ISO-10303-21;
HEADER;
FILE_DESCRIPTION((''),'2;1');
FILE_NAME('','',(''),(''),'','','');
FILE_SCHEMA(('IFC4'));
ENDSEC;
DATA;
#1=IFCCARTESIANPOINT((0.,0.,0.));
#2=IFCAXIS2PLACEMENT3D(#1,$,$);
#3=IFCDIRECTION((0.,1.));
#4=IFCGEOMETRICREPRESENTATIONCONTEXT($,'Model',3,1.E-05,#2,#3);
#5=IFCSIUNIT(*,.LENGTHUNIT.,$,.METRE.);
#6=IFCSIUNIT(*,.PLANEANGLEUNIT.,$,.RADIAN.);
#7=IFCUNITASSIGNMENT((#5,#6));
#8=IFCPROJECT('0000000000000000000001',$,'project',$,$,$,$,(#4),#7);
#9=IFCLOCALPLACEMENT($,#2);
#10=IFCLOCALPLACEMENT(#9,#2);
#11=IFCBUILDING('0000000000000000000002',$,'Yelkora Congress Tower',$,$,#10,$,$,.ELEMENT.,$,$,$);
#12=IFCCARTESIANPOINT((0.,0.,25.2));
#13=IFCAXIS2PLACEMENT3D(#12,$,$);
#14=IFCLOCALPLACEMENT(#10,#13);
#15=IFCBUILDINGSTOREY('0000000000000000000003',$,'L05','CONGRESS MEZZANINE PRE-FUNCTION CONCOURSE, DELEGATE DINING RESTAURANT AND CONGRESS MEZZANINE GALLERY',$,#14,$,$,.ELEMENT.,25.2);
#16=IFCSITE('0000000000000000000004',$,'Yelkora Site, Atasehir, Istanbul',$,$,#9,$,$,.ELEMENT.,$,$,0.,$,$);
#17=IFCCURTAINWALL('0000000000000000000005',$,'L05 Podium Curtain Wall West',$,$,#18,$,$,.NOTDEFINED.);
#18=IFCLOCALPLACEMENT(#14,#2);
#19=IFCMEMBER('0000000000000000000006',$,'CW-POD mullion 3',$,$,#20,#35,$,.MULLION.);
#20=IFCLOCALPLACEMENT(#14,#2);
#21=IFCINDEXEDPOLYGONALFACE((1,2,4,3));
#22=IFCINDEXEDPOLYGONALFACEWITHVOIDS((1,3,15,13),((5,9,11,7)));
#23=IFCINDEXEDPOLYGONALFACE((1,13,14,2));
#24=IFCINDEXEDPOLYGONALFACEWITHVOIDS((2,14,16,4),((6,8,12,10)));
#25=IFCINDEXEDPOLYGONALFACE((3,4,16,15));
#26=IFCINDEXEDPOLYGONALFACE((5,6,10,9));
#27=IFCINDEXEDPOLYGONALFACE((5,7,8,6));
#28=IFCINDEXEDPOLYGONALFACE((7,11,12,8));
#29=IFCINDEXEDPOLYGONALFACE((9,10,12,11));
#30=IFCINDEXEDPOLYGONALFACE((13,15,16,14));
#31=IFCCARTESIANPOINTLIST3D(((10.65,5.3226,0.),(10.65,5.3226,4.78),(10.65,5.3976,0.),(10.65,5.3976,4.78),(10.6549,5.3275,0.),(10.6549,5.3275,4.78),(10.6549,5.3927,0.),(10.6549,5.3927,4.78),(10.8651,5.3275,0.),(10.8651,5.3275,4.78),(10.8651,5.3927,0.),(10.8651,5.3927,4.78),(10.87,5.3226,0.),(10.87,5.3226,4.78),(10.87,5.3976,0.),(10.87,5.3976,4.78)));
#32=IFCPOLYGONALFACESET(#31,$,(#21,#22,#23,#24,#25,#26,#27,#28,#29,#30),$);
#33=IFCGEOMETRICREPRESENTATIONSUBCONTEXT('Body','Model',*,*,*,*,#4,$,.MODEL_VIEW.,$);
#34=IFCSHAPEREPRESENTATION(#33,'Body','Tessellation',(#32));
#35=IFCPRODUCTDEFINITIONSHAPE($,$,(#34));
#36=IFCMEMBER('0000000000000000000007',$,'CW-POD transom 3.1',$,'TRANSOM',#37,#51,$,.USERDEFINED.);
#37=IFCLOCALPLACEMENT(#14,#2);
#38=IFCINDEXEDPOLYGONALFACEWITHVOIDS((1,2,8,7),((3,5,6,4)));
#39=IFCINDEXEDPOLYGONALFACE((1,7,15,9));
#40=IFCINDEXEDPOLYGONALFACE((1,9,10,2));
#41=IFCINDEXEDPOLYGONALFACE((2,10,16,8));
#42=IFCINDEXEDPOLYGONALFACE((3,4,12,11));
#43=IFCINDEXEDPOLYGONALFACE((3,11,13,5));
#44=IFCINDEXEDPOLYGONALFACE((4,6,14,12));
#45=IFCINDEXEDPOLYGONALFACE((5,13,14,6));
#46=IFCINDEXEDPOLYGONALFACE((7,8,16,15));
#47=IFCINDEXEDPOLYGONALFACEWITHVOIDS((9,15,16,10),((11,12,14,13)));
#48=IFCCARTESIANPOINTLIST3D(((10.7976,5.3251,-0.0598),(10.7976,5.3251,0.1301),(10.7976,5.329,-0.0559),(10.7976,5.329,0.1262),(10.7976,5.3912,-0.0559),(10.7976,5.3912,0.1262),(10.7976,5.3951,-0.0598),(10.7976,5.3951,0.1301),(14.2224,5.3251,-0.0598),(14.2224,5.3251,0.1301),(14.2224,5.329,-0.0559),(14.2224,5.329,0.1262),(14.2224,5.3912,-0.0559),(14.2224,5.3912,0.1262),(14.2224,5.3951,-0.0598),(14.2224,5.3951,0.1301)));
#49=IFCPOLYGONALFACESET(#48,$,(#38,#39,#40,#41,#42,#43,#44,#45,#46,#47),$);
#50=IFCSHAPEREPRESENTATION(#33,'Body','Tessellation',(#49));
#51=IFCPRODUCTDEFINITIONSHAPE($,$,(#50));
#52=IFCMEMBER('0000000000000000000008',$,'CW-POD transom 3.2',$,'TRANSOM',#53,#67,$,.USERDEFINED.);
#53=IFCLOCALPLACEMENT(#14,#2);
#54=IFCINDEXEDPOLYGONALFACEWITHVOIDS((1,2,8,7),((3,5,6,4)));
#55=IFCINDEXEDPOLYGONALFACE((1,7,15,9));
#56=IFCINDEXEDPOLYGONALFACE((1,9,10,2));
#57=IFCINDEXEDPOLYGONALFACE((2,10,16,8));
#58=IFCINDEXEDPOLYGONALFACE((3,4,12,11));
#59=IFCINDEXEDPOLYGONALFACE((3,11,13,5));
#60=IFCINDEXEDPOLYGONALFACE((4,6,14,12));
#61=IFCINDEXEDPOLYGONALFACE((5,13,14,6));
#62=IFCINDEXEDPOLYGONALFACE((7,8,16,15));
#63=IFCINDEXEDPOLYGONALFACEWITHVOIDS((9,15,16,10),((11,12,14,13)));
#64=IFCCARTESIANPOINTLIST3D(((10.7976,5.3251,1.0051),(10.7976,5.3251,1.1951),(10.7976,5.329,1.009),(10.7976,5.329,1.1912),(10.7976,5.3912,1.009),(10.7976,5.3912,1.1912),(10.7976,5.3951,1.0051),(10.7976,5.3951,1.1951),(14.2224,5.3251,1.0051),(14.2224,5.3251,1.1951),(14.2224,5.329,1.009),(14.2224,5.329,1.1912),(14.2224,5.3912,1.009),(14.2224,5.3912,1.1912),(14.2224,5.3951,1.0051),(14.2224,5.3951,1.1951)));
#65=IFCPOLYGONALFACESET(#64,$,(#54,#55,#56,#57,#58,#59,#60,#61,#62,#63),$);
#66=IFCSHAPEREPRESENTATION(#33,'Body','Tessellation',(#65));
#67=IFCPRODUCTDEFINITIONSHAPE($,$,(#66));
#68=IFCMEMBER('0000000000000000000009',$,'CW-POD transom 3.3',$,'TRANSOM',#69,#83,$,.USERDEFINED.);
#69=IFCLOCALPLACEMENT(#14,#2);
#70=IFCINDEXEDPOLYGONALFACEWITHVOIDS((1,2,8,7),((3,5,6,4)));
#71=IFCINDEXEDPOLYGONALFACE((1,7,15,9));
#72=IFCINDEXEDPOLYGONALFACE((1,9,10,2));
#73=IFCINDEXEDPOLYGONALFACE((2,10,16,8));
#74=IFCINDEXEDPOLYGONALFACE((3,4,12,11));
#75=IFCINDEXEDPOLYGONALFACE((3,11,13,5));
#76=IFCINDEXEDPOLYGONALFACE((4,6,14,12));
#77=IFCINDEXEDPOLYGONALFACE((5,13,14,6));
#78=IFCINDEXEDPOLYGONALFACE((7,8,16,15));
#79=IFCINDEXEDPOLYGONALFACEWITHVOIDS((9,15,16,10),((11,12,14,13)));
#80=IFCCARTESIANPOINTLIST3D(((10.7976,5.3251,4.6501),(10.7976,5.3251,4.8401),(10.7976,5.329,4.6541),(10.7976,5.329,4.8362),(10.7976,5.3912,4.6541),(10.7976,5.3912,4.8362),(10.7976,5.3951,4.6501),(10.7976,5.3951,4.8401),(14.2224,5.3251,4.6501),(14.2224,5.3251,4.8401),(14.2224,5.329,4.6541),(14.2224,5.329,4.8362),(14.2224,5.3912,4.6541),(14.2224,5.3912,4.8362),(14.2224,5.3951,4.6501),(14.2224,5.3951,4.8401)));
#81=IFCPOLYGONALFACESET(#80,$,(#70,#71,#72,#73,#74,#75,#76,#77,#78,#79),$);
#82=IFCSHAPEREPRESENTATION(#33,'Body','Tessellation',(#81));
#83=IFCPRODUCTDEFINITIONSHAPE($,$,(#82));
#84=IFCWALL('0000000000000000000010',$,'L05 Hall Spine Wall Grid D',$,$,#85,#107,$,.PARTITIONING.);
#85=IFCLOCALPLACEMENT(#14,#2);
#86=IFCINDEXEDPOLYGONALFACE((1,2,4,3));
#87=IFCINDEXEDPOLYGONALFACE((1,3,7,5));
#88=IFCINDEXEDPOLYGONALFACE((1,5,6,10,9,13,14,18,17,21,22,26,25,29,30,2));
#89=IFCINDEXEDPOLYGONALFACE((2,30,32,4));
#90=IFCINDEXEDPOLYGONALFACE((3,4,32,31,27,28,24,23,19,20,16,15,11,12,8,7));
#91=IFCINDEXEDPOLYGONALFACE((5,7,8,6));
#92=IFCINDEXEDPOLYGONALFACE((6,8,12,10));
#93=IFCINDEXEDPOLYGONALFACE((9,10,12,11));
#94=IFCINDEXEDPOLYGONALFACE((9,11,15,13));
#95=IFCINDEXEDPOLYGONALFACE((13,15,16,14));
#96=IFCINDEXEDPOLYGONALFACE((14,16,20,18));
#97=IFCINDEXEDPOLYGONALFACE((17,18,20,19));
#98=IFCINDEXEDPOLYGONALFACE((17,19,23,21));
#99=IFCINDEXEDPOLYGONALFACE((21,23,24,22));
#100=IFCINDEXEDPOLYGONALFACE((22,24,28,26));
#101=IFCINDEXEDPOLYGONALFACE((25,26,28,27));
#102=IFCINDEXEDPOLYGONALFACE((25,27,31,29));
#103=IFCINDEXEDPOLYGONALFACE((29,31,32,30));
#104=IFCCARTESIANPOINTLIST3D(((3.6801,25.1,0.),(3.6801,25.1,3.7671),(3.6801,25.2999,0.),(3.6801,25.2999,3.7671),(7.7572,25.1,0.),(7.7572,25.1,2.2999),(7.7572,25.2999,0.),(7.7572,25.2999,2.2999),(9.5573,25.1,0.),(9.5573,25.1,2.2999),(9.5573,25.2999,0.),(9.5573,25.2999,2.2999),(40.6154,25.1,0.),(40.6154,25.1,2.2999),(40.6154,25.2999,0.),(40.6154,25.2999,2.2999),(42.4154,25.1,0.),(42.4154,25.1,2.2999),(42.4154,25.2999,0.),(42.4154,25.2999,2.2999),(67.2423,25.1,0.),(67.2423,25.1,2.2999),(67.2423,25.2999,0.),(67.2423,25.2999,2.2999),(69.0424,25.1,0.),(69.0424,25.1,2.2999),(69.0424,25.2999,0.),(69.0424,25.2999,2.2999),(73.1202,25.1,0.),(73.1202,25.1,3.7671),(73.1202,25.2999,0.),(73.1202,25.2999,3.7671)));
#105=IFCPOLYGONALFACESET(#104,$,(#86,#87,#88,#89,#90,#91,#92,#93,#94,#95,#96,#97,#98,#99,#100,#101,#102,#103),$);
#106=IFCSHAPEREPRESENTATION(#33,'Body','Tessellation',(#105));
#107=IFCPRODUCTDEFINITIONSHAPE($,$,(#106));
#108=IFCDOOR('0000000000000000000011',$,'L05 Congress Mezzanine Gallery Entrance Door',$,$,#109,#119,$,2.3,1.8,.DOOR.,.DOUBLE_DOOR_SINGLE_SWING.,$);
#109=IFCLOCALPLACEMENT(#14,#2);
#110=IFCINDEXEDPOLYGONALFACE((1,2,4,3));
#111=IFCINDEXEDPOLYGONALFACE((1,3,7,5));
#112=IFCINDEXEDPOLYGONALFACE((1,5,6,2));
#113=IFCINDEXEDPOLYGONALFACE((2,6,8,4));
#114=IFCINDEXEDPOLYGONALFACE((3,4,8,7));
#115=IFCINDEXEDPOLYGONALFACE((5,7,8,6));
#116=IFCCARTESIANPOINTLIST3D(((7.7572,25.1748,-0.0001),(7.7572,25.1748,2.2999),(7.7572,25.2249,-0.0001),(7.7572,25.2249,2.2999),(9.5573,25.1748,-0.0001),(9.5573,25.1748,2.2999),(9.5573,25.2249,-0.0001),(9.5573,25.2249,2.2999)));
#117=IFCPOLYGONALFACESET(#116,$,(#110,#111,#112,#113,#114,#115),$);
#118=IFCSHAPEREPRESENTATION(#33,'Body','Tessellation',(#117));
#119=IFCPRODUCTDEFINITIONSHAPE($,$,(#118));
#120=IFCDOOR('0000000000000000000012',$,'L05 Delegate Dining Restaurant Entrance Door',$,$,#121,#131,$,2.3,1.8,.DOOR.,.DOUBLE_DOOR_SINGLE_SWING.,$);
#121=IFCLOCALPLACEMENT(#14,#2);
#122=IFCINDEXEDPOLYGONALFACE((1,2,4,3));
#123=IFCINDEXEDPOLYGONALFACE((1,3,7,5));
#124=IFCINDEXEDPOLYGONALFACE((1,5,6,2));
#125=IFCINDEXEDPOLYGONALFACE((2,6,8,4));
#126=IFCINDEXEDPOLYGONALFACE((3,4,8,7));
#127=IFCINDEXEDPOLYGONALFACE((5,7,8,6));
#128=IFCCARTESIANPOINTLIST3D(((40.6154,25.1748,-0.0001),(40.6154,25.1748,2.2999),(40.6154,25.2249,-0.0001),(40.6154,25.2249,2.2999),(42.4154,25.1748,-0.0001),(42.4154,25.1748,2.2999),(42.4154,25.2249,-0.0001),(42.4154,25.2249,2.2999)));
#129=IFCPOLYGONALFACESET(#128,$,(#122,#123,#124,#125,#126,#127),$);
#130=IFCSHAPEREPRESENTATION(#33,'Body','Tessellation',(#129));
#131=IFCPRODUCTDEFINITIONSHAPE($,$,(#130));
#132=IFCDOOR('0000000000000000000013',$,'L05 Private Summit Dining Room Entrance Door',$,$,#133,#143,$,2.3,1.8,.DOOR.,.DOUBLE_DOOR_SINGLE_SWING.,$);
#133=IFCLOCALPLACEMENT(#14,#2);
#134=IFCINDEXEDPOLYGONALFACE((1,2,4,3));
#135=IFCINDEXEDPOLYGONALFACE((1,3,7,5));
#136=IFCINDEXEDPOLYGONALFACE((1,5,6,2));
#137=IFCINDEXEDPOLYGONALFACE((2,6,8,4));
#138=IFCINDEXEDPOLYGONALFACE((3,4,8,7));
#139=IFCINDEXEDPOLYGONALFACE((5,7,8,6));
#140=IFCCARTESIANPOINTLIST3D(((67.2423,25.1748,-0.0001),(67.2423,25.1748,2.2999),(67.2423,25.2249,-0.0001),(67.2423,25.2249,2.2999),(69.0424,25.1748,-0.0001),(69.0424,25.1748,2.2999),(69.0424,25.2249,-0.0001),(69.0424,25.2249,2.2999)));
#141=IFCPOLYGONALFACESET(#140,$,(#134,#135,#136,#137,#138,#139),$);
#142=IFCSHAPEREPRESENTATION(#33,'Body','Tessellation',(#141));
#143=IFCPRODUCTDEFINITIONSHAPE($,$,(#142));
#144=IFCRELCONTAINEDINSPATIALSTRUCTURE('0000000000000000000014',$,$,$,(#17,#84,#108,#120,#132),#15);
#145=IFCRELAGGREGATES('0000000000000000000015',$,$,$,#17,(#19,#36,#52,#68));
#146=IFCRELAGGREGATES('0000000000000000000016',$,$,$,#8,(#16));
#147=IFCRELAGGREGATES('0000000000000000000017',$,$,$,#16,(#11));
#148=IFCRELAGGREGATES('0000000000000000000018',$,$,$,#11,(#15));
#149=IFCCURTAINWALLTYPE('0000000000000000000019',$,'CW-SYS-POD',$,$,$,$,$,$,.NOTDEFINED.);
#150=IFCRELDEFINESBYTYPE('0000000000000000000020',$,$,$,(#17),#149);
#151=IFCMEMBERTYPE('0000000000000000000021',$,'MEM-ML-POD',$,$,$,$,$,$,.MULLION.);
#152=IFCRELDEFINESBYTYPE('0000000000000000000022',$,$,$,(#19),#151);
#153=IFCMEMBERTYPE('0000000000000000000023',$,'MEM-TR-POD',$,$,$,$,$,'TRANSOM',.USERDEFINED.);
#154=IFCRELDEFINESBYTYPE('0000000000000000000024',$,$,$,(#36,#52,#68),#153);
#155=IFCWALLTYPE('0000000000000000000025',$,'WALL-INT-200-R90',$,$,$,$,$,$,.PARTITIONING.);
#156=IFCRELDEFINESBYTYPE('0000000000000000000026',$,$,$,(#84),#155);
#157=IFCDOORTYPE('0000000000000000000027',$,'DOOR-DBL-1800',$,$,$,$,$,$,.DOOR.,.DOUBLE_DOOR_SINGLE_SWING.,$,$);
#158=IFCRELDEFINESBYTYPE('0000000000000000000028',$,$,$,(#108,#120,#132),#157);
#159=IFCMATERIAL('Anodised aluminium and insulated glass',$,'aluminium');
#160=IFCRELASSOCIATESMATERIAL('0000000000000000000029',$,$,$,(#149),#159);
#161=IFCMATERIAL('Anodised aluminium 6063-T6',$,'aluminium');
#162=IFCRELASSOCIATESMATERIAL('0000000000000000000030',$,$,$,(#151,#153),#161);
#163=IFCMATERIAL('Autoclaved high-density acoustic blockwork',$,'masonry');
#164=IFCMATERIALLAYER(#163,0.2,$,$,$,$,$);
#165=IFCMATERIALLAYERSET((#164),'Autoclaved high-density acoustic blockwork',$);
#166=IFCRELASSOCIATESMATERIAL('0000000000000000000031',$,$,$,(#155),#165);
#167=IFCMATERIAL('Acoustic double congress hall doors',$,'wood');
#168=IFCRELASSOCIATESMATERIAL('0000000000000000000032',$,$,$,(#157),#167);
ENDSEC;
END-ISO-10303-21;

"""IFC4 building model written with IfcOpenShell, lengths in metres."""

from ifc_helpers import new_model, si_unit, direction, frame, frame_2d, origin, origin_2d, place, context, subcontext, project, spatial, rectangle, hollow_rectangle, extrude, material, layer, layer_set, material_profile, profile_set, type_object, element, fill, aggregate, save


model = new_model("IFC4")

# Units and contexts
model_context = context("Model", 3, precision=1e-05, world=origin(), true_north=direction((0.0, 1.0)))
body_context = subcontext(model_context, "Body", "Model", "MODEL_VIEW")
ifc_project = project(units=[si_unit("LENGTHUNIT", "METRE"), si_unit("PLANEANGLEUNIT", "RADIAN")], contexts=[model_context])

# Site, building, storey
site_placement = place(None, origin())
site = spatial("IfcSite", under=ifc_project, at=site_placement, Name="Yelkora Site, Atasehir, Istanbul", CompositionType="ELEMENT", RefElevation=0.0)
building_placement = place(site_placement, origin())
building = spatial("IfcBuilding", under=site, at=building_placement, Name="Yelkora Congress Tower", CompositionType="ELEMENT")
storey_placement = place(building_placement, frame((0.0, 0.0, 25.2)))
storey = spatial("IfcBuildingStorey", under=building, at=storey_placement, Name="L05", Description="CONGRESS MEZZANINE PRE-FUNCTION CONCOURSE, DELEGATE DINING RESTAURANT AND CONGRESS MEZZANINE GALLERY", CompositionType="ELEMENT", Elevation=25.2)

# Curtain wall, members
ifc_material_1 = material(Name="Anodised aluminium and insulated glass", Category="aluminium")
curtain_wall_type = type_object("IfcCurtainWallType", Name="CW-SYS-POD", PredefinedType="NOTDEFINED", material=ifc_material_1)
curtain_wall_placement = place(storey_placement, origin())
curtain_wall = element("IfcCurtainWall", 1, at=curtain_wall_placement, inside=storey, type_object=curtain_wall_type, Name="L05 Podium Curtain Wall West", PredefinedType="NOTDEFINED")
ifc_material_2 = material(Name="Anodised aluminium 6063-T6", Category="aluminium")
ifc_material_profile_1 = material_profile(ifc_material_2, hollow_rectangle(XDim=0.075, YDim=0.22, WallThickness=0.0049, at=origin_2d()), Name="ALU 75x220x5")
ifc_profile_set_1 = profile_set([ifc_material_profile_1], Name="Anodised aluminium 6063-T6")
member_type_1 = type_object("IfcMemberType", Name="MEM-ML-POD", PredefinedType="MULLION", material=ifc_profile_set_1)
member_1_placement = place(storey_placement, frame((10.76, 5.3601, 0.0), z_axis=(0.0, 0.0, 1.0), x_axis=(0.0, 1.0, 0.0)))
member_1 = element("IfcMember", 2, at=member_1_placement, type_object=member_type_1, Name="CW-POD mullion 3", PredefinedType="MULLION", context=body_context, shape_type="SweptSolid", body=[
    extrude(hollow_rectangle(XDim=0.075, YDim=0.22, WallThickness=0.0049, at=origin_2d()), origin(), (0.0, 0.0, 1.0), 4.78),
])
ifc_material_profile_2 = material_profile(ifc_material_2, hollow_rectangle(XDim=0.0701, YDim=0.1899, WallThickness=0.0039, at=origin_2d()), Name="ALU 70x190x4")
ifc_profile_set_2 = profile_set([ifc_material_profile_2], Name="Anodised aluminium 6063-T6")
member_type_2 = type_object("IfcMemberType", Name="MEM-TR-POD", ElementType="TRANSOM", PredefinedType="USERDEFINED", material=ifc_profile_set_2)
member_2_placement = place(storey_placement, frame((10.7976, 5.3601, 0.0352), z_axis=(1.0, 0.0, 0.0), x_axis=(0.0, 1.0, 0.0)))
member_2 = element("IfcMember", 3, at=member_2_placement, type_object=member_type_2, Name="CW-POD transom 3.1", ObjectType="TRANSOM", PredefinedType="USERDEFINED", context=body_context, shape_type="SweptSolid", body=[
    extrude(hollow_rectangle(XDim=0.0701, YDim=0.1899, WallThickness=0.0039, at=origin_2d()), origin(), (0.0, 0.0, 1.0), 3.4248),
])
member_3_placement = place(storey_placement, frame((10.7976, 5.3601, 1.1001), z_axis=(1.0, 0.0, 0.0), x_axis=(0.0, 1.0, 0.0)))
member_3 = element("IfcMember", 4, at=member_3_placement, type_object=member_type_2, Name="CW-POD transom 3.2", ObjectType="TRANSOM", PredefinedType="USERDEFINED", context=body_context, shape_type="SweptSolid", body=[
    extrude(hollow_rectangle(XDim=0.0701, YDim=0.1899, WallThickness=0.0039, at=origin_2d()), origin(), (0.0, 0.0, 1.0), 3.4248),
])
member_4_placement = place(storey_placement, frame((10.7976, 5.3601, 4.7451), z_axis=(1.0, 0.0, 0.0), x_axis=(0.0, 1.0, 0.0)))
member_4 = element("IfcMember", 5, at=member_4_placement, type_object=member_type_2, Name="CW-POD transom 3.3", ObjectType="TRANSOM", PredefinedType="USERDEFINED", context=body_context, shape_type="SweptSolid", body=[
    extrude(hollow_rectangle(XDim=0.0701, YDim=0.1899, WallThickness=0.0039, at=origin_2d()), origin(), (0.0, 0.0, 1.0), 3.4248),
])
aggregate(curtain_wall, [member_1, member_2, member_3, member_4])

# Wall, openings, doors
ifc_material_3 = material(Name="Autoclaved high-density acoustic blockwork", Category="masonry")
ifc_layer = layer(ifc_material_3, 0.2)
ifc_layer_set = layer_set([ifc_layer], Name="Autoclaved high-density acoustic blockwork")
wall_type = type_object("IfcWallType", Name="WALL-INT-200-R90", PredefinedType="PARTITIONING", material=ifc_layer_set)
wall_placement = place(storey_placement, frame((3.6799, 25.2, 0.0), z_axis=(0.0, 0.0, 1.0), x_axis=(1.0, 0.0, 0.0)))
wall = element("IfcWall", 6, at=wall_placement, inside=storey, type_object=wall_type, Name="L05 Hall Spine Wall Grid D", PredefinedType="PARTITIONING", context=body_context, shape_type="SweptSolid", body=[
    extrude(rectangle(XDim=69.4402, YDim=0.2, at=frame_2d((34.7202, 0.0))), origin(), (0.0, 0.0, 1.0), 3.7671),
])
opening_1_placement = place(wall_placement, frame((4.0774, 0.0, 0.0)))
opening_1 = element("IfcOpeningElement", 7, at=opening_1_placement, cuts=wall, PredefinedType="OPENING", context=body_context, shape_type="SweptSolid", body=[
    extrude(rectangle(XDim=1.8, YDim=2.3, at=frame_2d((0.8999, 1.1499))), frame((0.0, 0.1099, 0.0), z_axis=(0.0, -1.0, 0.0), x_axis=(1.0, 0.0, 0.0)), (0.0, 0.0, 1.0), 0.22),
])
opening_2_placement = place(wall_placement, frame((36.9355, 0.0, 0.0)))
opening_2 = element("IfcOpeningElement", 8, at=opening_2_placement, cuts=wall, PredefinedType="OPENING", context=body_context, shape_type="SweptSolid", body=[
    extrude(rectangle(XDim=1.8, YDim=2.3, at=frame_2d((0.8999, 1.1499))), frame((0.0, 0.1099, 0.0), z_axis=(0.0, -1.0, 0.0), x_axis=(1.0, 0.0, 0.0)), (0.0, 0.0, 1.0), 0.22),
])
opening_3_placement = place(wall_placement, frame((63.5625, 0.0, 0.0)))
opening_3 = element("IfcOpeningElement", 9, at=opening_3_placement, cuts=wall, PredefinedType="OPENING", context=body_context, shape_type="SweptSolid", body=[
    extrude(rectangle(XDim=1.8, YDim=2.3, at=frame_2d((0.8999, 1.1499))), frame((0.0, 0.1099, 0.0), z_axis=(0.0, -1.0, 0.0), x_axis=(1.0, 0.0, 0.0)), (0.0, 0.0, 1.0), 0.22),
])
ifc_material_4 = material(Name="Acoustic double congress hall doors", Category="wood")
door_type = type_object("IfcDoorType", Name="DOOR-DBL-1800", OperationType="DOUBLE_DOOR_SINGLE_SWING", PredefinedType="DOOR", material=ifc_material_4)
door_1_placement = place(opening_1_placement, origin())
door_1 = element("IfcDoor", 10, at=door_1_placement, inside=storey, type_object=door_type, Name="L05 Congress Mezzanine Gallery Entrance Door", OperationType="DOUBLE_DOOR_SINGLE_SWING", OverallHeight=2.3, OverallWidth=1.8, PredefinedType="DOOR", context=body_context, shape_type="SweptSolid", body=[
    extrude(rectangle(XDim=1.8, YDim=2.3, at=frame_2d((0.8999, 1.1499))), frame((0.0, 0.0249, 0.0), z_axis=(0.0, -1.0, 0.0), x_axis=(1.0, 0.0, 0.0)), (0.0, 0.0, 1.0), 0.05),
])
fill(opening_1, door_1)
door_2_placement = place(opening_2_placement, origin())
door_2 = element("IfcDoor", 11, at=door_2_placement, inside=storey, type_object=door_type, Name="L05 Delegate Dining Restaurant Entrance Door", OperationType="DOUBLE_DOOR_SINGLE_SWING", OverallHeight=2.3, OverallWidth=1.8, PredefinedType="DOOR", context=body_context, shape_type="SweptSolid", body=[
    extrude(rectangle(XDim=1.8, YDim=2.3, at=frame_2d((0.8999, 1.1499))), frame((0.0, 0.0249, 0.0), z_axis=(0.0, -1.0, 0.0), x_axis=(1.0, 0.0, 0.0)), (0.0, 0.0, 1.0), 0.05),
])
fill(opening_2, door_2)
door_3_placement = place(opening_3_placement, origin())
door_3 = element("IfcDoor", 12, at=door_3_placement, inside=storey, type_object=door_type, Name="L05 Private Summit Dining Room Entrance Door", OperationType="DOUBLE_DOOR_SINGLE_SWING", OverallHeight=2.3, OverallWidth=1.8, PredefinedType="DOOR", context=body_context, shape_type="SweptSolid", body=[
    extrude(rectangle(XDim=1.8, YDim=2.3, at=frame_2d((0.8999, 1.1499))), frame((0.0, 0.0249, 0.0), z_axis=(0.0, -1.0, 0.0), x_axis=(1.0, 0.0, 0.0)), (0.0, 0.0, 1.0), 0.05),
])
fill(opening_3, door_3)

save(model, "model.ifc")
